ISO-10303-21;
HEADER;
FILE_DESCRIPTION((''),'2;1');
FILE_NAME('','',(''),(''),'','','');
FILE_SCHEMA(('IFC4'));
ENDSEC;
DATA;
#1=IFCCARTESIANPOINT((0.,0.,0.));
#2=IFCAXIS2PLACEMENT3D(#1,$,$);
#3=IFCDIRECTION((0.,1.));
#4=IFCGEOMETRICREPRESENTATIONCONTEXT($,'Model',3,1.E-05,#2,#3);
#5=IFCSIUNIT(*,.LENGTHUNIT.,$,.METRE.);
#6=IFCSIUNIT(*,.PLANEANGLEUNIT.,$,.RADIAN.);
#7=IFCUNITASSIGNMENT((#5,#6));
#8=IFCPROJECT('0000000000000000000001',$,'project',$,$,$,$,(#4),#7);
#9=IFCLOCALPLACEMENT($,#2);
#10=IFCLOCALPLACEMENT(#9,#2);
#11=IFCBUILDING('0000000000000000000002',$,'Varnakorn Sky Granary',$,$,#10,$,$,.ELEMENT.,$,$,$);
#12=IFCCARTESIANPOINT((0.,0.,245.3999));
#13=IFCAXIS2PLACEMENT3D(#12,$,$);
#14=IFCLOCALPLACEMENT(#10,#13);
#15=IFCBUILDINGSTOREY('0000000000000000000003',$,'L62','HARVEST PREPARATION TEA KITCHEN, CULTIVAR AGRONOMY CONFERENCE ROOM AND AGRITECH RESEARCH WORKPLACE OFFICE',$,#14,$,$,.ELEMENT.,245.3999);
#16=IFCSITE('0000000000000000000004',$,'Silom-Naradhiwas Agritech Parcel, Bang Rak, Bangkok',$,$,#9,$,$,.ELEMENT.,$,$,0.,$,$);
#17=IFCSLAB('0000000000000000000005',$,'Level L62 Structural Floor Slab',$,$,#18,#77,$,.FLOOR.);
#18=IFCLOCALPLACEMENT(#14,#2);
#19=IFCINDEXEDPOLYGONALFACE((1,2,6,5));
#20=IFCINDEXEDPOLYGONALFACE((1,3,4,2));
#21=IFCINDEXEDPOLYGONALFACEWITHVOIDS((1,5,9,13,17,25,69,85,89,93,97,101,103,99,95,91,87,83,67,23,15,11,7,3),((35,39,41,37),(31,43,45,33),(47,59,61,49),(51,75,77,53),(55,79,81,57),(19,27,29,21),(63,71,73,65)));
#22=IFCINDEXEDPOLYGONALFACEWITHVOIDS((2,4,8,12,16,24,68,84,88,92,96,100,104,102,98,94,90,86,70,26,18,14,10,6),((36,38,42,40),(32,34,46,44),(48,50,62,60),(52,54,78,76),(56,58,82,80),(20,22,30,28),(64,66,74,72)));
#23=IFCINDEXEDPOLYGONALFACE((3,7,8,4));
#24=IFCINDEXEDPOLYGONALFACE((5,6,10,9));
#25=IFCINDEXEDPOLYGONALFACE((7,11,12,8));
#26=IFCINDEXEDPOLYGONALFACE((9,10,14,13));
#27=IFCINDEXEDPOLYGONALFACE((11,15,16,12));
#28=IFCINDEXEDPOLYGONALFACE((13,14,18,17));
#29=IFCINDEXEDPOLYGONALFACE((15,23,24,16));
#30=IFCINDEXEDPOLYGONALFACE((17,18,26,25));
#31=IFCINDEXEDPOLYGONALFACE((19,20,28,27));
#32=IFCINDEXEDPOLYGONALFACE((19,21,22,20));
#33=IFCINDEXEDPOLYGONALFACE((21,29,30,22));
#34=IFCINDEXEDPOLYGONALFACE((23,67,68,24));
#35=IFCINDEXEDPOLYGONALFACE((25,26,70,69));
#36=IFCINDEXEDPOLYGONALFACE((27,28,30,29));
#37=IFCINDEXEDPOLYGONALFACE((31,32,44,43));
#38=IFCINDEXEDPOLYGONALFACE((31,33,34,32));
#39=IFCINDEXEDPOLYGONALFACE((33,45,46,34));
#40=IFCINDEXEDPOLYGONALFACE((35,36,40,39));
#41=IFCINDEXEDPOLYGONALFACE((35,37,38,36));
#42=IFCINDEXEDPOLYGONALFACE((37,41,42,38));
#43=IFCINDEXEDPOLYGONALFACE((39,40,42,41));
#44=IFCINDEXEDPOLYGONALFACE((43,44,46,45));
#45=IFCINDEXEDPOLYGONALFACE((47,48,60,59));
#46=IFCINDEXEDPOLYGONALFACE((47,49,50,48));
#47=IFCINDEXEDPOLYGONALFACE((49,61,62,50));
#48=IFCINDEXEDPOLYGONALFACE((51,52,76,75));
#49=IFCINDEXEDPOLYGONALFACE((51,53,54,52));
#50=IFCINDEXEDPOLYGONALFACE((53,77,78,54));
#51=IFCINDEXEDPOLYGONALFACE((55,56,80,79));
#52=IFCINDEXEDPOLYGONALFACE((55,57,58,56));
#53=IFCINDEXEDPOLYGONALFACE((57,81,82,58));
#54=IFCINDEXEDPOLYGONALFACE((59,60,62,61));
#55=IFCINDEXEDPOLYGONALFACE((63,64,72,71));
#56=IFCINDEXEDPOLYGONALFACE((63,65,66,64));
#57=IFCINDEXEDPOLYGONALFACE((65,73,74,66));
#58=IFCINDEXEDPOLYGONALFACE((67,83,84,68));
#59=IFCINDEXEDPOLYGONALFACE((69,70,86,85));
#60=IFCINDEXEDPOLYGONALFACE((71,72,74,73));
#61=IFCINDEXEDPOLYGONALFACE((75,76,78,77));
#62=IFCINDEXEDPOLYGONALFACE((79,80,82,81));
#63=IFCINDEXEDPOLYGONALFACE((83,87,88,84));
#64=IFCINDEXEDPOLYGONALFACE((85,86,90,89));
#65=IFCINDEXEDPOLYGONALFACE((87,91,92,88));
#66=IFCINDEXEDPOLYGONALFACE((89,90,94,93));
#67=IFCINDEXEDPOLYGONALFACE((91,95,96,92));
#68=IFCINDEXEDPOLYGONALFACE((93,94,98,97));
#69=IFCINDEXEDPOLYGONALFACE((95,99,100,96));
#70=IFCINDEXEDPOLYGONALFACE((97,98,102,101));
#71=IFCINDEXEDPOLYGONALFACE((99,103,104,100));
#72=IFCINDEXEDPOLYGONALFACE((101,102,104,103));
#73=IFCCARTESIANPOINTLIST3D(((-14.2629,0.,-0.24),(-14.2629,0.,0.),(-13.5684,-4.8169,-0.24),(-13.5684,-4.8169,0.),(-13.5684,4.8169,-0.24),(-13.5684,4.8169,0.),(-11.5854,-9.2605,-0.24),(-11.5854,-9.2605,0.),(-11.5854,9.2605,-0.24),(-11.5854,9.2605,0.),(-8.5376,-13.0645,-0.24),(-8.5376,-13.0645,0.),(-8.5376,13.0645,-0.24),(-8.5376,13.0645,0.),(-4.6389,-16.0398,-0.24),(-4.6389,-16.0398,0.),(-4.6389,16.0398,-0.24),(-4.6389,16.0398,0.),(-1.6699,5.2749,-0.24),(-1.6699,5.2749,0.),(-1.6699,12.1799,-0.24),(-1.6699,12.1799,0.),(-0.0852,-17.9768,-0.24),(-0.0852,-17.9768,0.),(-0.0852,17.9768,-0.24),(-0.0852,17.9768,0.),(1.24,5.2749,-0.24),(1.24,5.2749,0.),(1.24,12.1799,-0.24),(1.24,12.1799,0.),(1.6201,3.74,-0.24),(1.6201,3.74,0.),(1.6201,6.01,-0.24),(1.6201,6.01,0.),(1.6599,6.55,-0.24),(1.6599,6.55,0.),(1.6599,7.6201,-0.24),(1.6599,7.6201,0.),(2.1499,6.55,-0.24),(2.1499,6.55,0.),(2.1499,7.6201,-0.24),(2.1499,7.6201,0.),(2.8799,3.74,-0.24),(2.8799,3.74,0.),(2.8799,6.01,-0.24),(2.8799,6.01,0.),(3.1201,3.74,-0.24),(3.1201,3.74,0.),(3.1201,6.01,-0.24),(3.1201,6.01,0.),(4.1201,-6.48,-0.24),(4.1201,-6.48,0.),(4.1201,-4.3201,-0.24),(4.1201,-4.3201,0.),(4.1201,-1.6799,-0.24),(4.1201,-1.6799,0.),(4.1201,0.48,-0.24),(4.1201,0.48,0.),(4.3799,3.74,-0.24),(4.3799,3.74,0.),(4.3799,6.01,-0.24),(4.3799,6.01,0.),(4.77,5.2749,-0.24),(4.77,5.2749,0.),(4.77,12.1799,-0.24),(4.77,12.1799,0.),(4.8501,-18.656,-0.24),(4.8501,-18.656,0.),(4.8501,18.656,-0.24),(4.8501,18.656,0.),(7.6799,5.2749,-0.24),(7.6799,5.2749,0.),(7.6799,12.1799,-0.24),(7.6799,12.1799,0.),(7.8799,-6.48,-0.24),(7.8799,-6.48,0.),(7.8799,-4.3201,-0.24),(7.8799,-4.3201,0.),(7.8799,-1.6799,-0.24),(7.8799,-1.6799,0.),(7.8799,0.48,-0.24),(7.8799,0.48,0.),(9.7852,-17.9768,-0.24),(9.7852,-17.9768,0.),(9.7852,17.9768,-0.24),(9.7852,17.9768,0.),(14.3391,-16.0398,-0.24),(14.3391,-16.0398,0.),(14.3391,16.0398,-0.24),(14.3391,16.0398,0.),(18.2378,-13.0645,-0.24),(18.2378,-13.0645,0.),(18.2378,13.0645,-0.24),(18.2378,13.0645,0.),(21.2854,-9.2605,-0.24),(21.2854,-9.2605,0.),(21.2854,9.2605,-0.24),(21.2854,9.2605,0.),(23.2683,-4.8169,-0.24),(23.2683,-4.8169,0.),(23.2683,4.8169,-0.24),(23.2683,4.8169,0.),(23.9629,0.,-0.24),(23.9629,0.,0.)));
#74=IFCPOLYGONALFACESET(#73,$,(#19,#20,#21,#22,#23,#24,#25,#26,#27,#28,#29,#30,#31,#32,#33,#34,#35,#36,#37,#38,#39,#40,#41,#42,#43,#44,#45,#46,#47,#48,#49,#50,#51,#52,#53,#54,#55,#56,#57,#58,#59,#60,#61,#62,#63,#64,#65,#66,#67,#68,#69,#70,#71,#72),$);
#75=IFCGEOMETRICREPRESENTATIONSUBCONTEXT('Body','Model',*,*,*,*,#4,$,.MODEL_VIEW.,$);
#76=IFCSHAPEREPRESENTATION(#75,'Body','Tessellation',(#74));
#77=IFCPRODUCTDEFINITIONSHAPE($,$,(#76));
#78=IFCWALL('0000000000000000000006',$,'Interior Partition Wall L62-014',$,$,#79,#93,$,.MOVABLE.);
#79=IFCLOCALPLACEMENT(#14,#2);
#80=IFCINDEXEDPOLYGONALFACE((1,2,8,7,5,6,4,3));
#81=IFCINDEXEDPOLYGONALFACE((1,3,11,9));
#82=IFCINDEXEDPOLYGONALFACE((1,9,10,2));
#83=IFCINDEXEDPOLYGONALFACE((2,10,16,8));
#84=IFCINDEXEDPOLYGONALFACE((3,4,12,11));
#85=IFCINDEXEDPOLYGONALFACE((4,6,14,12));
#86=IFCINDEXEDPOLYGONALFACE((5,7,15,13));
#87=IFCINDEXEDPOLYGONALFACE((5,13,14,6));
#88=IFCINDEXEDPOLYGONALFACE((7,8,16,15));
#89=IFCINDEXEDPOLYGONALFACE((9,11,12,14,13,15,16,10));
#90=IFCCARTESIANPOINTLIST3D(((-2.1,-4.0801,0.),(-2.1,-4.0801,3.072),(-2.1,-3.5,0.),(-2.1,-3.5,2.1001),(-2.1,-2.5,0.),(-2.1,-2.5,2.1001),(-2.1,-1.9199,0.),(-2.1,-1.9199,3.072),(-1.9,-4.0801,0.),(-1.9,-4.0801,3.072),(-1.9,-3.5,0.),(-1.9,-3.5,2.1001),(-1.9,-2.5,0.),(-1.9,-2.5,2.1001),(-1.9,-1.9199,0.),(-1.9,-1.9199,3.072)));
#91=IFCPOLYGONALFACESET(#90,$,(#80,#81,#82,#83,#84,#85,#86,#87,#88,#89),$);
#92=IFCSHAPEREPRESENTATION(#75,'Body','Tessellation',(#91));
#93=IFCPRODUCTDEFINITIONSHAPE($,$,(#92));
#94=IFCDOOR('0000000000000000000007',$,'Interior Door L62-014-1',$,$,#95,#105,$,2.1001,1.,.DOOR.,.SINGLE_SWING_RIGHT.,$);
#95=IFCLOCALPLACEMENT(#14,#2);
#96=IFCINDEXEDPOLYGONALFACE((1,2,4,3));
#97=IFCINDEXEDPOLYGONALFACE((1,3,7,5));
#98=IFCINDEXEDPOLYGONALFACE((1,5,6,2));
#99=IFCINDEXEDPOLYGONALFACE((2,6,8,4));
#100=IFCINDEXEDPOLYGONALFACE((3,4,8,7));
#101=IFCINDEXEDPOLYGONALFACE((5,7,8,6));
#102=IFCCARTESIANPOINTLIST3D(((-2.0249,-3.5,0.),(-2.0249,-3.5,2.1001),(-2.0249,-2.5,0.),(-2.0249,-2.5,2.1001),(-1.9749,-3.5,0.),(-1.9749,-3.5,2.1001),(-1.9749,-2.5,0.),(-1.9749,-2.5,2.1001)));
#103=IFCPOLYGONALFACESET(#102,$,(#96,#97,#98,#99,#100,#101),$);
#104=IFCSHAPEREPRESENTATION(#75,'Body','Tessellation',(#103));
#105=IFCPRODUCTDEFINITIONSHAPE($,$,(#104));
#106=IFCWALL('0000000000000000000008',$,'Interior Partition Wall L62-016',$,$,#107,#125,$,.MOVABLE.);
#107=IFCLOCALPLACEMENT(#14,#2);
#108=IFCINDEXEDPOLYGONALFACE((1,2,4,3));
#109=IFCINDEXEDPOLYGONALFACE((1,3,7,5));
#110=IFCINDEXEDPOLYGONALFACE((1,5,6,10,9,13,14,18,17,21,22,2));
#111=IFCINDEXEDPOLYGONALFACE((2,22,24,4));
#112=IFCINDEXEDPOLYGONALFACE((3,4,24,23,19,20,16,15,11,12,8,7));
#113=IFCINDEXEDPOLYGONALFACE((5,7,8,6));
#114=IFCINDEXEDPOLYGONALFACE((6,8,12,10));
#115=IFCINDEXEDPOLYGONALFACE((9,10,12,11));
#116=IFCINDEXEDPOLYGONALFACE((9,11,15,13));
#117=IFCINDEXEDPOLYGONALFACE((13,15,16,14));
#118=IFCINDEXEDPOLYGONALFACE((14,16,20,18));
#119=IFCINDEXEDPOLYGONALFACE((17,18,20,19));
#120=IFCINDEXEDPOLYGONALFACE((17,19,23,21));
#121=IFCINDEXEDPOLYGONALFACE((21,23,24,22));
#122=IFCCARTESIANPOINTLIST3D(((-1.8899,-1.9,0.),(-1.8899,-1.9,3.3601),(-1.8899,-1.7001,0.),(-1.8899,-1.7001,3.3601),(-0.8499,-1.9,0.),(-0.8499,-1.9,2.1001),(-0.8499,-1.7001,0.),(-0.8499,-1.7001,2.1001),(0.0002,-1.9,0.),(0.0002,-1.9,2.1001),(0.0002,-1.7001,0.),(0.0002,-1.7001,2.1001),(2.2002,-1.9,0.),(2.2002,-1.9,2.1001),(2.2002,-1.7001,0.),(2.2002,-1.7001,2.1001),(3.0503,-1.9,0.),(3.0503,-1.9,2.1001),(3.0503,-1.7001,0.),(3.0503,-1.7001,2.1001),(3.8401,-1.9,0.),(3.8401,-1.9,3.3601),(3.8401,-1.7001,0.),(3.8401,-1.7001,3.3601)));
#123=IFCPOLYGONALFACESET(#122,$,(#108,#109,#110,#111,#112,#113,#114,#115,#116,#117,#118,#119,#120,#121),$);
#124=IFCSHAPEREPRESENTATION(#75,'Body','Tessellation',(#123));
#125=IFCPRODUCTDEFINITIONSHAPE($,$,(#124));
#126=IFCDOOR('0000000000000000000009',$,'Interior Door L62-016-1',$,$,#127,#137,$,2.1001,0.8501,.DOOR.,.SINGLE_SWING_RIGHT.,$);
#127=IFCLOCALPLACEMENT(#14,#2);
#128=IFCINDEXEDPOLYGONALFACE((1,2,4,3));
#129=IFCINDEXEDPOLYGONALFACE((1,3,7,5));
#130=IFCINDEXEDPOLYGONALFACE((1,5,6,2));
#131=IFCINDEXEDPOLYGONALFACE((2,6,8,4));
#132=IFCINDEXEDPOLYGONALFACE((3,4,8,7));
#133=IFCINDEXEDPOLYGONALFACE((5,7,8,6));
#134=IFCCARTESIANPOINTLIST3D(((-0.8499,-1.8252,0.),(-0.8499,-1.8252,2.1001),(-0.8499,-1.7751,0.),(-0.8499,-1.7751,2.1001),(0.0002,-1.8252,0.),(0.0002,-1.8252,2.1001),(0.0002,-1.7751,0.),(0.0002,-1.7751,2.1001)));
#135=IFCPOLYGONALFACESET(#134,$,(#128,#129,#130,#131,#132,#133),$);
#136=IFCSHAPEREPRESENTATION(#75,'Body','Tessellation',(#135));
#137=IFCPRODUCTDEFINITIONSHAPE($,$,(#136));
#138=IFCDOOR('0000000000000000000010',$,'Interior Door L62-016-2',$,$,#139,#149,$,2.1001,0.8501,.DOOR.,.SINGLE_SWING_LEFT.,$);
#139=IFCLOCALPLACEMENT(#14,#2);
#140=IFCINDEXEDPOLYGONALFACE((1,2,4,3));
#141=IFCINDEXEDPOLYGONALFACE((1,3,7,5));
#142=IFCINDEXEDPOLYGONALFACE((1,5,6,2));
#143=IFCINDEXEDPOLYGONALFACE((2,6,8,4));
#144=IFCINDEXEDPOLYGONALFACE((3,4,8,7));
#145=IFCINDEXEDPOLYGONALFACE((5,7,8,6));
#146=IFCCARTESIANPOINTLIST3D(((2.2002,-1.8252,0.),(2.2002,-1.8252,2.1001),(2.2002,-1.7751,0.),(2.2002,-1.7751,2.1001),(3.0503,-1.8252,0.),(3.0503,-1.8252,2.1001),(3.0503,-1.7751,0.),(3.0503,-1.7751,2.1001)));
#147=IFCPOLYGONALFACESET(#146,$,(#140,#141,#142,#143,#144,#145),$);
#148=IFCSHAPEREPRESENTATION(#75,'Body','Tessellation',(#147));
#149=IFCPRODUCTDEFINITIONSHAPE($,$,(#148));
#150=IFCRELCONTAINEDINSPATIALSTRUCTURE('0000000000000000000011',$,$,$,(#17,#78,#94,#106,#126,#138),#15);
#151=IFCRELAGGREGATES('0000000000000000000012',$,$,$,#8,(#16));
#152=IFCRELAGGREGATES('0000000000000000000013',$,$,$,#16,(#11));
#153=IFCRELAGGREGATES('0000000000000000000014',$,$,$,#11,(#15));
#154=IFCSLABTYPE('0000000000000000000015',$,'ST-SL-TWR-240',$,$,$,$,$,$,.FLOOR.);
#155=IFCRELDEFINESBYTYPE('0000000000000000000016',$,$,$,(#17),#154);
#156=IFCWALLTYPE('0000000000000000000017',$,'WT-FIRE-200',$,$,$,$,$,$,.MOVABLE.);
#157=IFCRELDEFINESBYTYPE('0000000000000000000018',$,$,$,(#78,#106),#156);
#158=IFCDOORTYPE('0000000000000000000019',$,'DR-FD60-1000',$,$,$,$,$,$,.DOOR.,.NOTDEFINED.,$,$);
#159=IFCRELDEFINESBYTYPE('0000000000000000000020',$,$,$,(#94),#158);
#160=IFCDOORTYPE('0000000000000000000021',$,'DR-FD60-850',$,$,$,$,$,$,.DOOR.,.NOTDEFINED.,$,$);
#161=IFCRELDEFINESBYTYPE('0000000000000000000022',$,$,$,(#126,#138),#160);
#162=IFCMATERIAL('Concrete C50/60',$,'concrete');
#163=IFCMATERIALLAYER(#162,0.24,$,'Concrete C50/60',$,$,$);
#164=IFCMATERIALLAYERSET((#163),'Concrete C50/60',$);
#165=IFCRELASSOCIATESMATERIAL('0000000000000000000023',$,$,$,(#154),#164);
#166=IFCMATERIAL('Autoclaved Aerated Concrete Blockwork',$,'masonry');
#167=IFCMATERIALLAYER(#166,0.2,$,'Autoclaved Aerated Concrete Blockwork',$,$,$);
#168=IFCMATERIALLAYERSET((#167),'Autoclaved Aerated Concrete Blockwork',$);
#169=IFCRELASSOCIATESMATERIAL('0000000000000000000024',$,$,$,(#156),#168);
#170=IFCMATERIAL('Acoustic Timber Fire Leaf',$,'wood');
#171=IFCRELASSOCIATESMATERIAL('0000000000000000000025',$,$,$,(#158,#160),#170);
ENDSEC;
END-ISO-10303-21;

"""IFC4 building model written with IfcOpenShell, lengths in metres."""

from ifc_helpers import new_model, si_unit, direction, frame, frame_2d, origin, place, context, subcontext, project, spatial, polyline, rectangle, outline, extrude, material, layer, layer_set, type_object, element, fill, save


model = new_model("IFC4")

# Units and contexts
model_context = context("Model", 3, precision=1e-05, world=origin(), true_north=direction((0.0, 1.0)))
body_context = subcontext(model_context, "Body", "Model", "MODEL_VIEW")
ifc_project = project(units=[si_unit("LENGTHUNIT", "METRE"), si_unit("PLANEANGLEUNIT", "RADIAN")], contexts=[model_context])

# Site, building, storey
site_placement = place(None, origin())
site = spatial("IfcSite", under=ifc_project, at=site_placement, Name="Silom-Naradhiwas Agritech Parcel, Bang Rak, Bangkok", CompositionType="ELEMENT", RefElevation=0.0)
building_placement = place(site_placement, origin())
building = spatial("IfcBuilding", under=site, at=building_placement, Name="Varnakorn Sky Granary", CompositionType="ELEMENT")
storey_placement = place(building_placement, frame((0.0, 0.0, 245.3999)))
storey = spatial("IfcBuildingStorey", under=building, at=storey_placement, Name="L62", Description="HARVEST PREPARATION TEA KITCHEN, CULTIVAR AGRONOMY CONFERENCE ROOM AND AGRITECH RESEARCH WORKPLACE OFFICE", CompositionType="ELEMENT", Elevation=245.3999)

# Shared definitions
ifc_material_1 = material(Name="Concrete C50/60", Category="concrete")

# Slab
ifc_layer_1 = layer(ifc_material_1, 0.24, Name="Concrete C50/60")
ifc_layer_set_1 = layer_set([ifc_layer_1], Name="Concrete C50/60")
slab_type_1 = type_object("IfcSlabType", Name="ST-SL-TWR-240", PredefinedType="FLOOR", material=ifc_layer_set_1)
slab_1_placement = place(storey_placement, frame((0.0, 0.0, -0.24)))
element("IfcSlab", 1, at=slab_1_placement, inside=storey, type_object=slab_type_1, Name="Level L62 Structural Floor Slab", PredefinedType="FLOOR", context=body_context, shape_type="SweptSolid", body=[
    extrude(outline(polyline([(23.9629, 0.0), (23.2683, 4.8169), (21.2854, 9.2605), (18.2378, 13.0645), (14.3391, 16.0398), (9.7852, 17.9768), (4.8501, 18.656), (-0.0852, 17.9768), (-4.6389, 16.0398), (-8.5376, 13.0645), (-11.5854, 9.2605), (-13.5684, 4.8169), (-14.2629, 0.0), (-13.5684, -4.8169), (-11.5854, -9.2605), (-8.5376, -13.0645), (-4.6389, -16.0398), (-0.0852, -17.9768), (4.8501, -18.656), (9.7852, -17.9768), (14.3391, -16.0398), (18.2378, -13.0645), (21.2854, -9.2605), (23.2683, -4.8169), (23.9629, 0.0)]), holes=[polyline([(1.24, 5.2749), (1.24, 12.1799), (-1.6699, 12.1799), (-1.6699, 5.2749), (1.24, 5.2749)]), polyline([(7.6799, 5.2749), (7.6799, 12.1799), (4.77, 12.1799), (4.77, 5.2749), (7.6799, 5.2749)]), polyline([(1.6599, 6.55), (2.1499, 6.55), (2.1499, 7.6201), (1.6599, 7.6201), (1.6599, 6.55)]), polyline([(1.6201, 3.74), (2.8799, 3.74), (2.8799, 6.01), (1.6201, 6.01), (1.6201, 3.74)]), polyline([(3.1201, 3.74), (4.3799, 3.74), (4.3799, 6.01), (3.1201, 6.01), (3.1201, 3.74)]), polyline([(4.1201, -1.6799), (7.8799, -1.6799), (7.8799, 0.48), (4.1201, 0.48), (4.1201, -1.6799)]), polyline([(4.1201, -6.48), (7.8799, -6.48), (7.8799, -4.3201), (4.1201, -4.3201), (4.1201, -6.48)])]), origin(), (0.0, 0.0, 1.0), 0.24),
])

# Wall, opening, door
ifc_material_2 = material(Name="Autoclaved Aerated Concrete Blockwork", Category="masonry")
ifc_layer_2 = layer(ifc_material_2, 0.2, Name="Autoclaved Aerated Concrete Blockwork")
ifc_layer_set_2 = layer_set([ifc_layer_2], Name="Autoclaved Aerated Concrete Blockwork")
wall_type_1 = type_object("IfcWallType", Name="WT-FIRE-200", PredefinedType="MOVABLE", material=ifc_layer_set_2)
wall_1_placement = place(storey_placement, frame((-2.0, -4.0801, 0.0), z_axis=(0.0, 0.0, 1.0), x_axis=(0.0, 1.0, 0.0)))
wall_1 = element("IfcWall", 2, at=wall_1_placement, inside=storey, type_object=wall_type_1, Name="Interior Partition Wall L62-014", PredefinedType="MOVABLE", context=body_context, shape_type="SweptSolid", body=[
    extrude(rectangle(XDim=2.1602, YDim=0.2, at=frame_2d((1.0801, 0.0))), origin(), (0.0, 0.0, 1.0), 3.072),
])
opening_1_placement = place(wall_1_placement, frame((0.5801, 0.0, 0.0)))
opening_1 = element("IfcOpeningElement", 3, at=opening_1_placement, cuts=wall_1, PredefinedType="OPENING", context=body_context, shape_type="SweptSolid", body=[
    extrude(rectangle(XDim=1.0, YDim=2.1001, at=frame_2d((0.5, 1.05))), frame((0.0, 0.1099, 0.0), z_axis=(0.0, -1.0, 0.0), x_axis=(1.0, 0.0, 0.0)), (0.0, 0.0, 1.0), 0.22),
])
ifc_material_3 = material(Name="Acoustic Timber Fire Leaf", Category="wood")
door_type_1 = type_object("IfcDoorType", Name="DR-FD60-1000", OperationType="NOTDEFINED", PredefinedType="DOOR", material=ifc_material_3)
door_1_placement = place(opening_1_placement, origin())
door_1 = element("IfcDoor", 4, at=door_1_placement, inside=storey, type_object=door_type_1, Name="Interior Door L62-014-1", OperationType="SINGLE_SWING_RIGHT", OverallHeight=2.1001, OverallWidth=1.0, PredefinedType="DOOR", context=body_context, shape_type="SweptSolid", body=[
    extrude(rectangle(XDim=1.0, YDim=2.1001, at=frame_2d((0.5, 1.05))), frame((0.0, 0.0249, 0.0), z_axis=(0.0, -1.0, 0.0), x_axis=(1.0, 0.0, 0.0)), (0.0, 0.0, 1.0), 0.05),
])
fill(opening_1, door_1)

# Wall, openings, doors
wall_2_placement = place(storey_placement, frame((-1.8899, -1.8, 0.0), z_axis=(0.0, 0.0, 1.0), x_axis=(1.0, 0.0, 0.0)))
wall_2 = element("IfcWall", 5, at=wall_2_placement, inside=storey, type_object=wall_type_1, Name="Interior Partition Wall L62-016", PredefinedType="MOVABLE", context=body_context, shape_type="SweptSolid", body=[
    extrude(rectangle(XDim=5.73, YDim=0.2, at=frame_2d((2.865, 0.0))), origin(), (0.0, 0.0, 1.0), 3.3601),
])
opening_2_placement = place(wall_2_placement, frame((1.04, 0.0, 0.0)))
opening_2 = element("IfcOpeningElement", 6, at=opening_2_placement, cuts=wall_2, PredefinedType="OPENING", context=body_context, shape_type="SweptSolid", body=[
    extrude(rectangle(XDim=0.8501, YDim=2.1001, at=frame_2d((0.425, 1.05))), frame((0.0, 0.1099, 0.0), z_axis=(0.0, -1.0, 0.0), x_axis=(1.0, 0.0, 0.0)), (0.0, 0.0, 1.0), 0.22),
])
opening_3_placement = place(wall_2_placement, frame((4.0901, 0.0, 0.0)))
opening_3 = element("IfcOpeningElement", 7, at=opening_3_placement, cuts=wall_2, PredefinedType="OPENING", context=body_context, shape_type="SweptSolid", body=[
    extrude(rectangle(XDim=0.8501, YDim=2.1001, at=frame_2d((0.425, 1.05))), frame((0.0, 0.1099, 0.0), z_axis=(0.0, -1.0, 0.0), x_axis=(1.0, 0.0, 0.0)), (0.0, 0.0, 1.0), 0.22),
])
door_type_2 = type_object("IfcDoorType", Name="DR-FD60-850", OperationType="NOTDEFINED", PredefinedType="DOOR", material=ifc_material_3)
door_2_placement = place(opening_2_placement, origin())
door_2 = element("IfcDoor", 8, at=door_2_placement, inside=storey, type_object=door_type_2, Name="Interior Door L62-016-1", OperationType="SINGLE_SWING_RIGHT", OverallHeight=2.1001, OverallWidth=0.8501, PredefinedType="DOOR", context=body_context, shape_type="SweptSolid", body=[
    extrude(rectangle(XDim=0.8501, YDim=2.1001, at=frame_2d((0.425, 1.05))), frame((0.0, 0.0249, 0.0), z_axis=(0.0, -1.0, 0.0), x_axis=(1.0, 0.0, 0.0)), (0.0, 0.0, 1.0), 0.05),
])
fill(opening_2, door_2)
door_3_placement = place(opening_3_placement, origin())
door_3 = element("IfcDoor", 9, at=door_3_placement, inside=storey, type_object=door_type_2, Name="Interior Door L62-016-2", OperationType="SINGLE_SWING_LEFT", OverallHeight=2.1001, OverallWidth=0.8501, PredefinedType="DOOR", context=body_context, shape_type="SweptSolid", body=[
    extrude(rectangle(XDim=0.8501, YDim=2.1001, at=frame_2d((0.425, 1.05))), frame((0.0, 0.0249, 0.0), z_axis=(0.0, -1.0, 0.0), x_axis=(1.0, 0.0, 0.0)), (0.0, 0.0, 1.0), 0.05),
])
fill(opening_3, door_3)

save(model, "model.ifc")
